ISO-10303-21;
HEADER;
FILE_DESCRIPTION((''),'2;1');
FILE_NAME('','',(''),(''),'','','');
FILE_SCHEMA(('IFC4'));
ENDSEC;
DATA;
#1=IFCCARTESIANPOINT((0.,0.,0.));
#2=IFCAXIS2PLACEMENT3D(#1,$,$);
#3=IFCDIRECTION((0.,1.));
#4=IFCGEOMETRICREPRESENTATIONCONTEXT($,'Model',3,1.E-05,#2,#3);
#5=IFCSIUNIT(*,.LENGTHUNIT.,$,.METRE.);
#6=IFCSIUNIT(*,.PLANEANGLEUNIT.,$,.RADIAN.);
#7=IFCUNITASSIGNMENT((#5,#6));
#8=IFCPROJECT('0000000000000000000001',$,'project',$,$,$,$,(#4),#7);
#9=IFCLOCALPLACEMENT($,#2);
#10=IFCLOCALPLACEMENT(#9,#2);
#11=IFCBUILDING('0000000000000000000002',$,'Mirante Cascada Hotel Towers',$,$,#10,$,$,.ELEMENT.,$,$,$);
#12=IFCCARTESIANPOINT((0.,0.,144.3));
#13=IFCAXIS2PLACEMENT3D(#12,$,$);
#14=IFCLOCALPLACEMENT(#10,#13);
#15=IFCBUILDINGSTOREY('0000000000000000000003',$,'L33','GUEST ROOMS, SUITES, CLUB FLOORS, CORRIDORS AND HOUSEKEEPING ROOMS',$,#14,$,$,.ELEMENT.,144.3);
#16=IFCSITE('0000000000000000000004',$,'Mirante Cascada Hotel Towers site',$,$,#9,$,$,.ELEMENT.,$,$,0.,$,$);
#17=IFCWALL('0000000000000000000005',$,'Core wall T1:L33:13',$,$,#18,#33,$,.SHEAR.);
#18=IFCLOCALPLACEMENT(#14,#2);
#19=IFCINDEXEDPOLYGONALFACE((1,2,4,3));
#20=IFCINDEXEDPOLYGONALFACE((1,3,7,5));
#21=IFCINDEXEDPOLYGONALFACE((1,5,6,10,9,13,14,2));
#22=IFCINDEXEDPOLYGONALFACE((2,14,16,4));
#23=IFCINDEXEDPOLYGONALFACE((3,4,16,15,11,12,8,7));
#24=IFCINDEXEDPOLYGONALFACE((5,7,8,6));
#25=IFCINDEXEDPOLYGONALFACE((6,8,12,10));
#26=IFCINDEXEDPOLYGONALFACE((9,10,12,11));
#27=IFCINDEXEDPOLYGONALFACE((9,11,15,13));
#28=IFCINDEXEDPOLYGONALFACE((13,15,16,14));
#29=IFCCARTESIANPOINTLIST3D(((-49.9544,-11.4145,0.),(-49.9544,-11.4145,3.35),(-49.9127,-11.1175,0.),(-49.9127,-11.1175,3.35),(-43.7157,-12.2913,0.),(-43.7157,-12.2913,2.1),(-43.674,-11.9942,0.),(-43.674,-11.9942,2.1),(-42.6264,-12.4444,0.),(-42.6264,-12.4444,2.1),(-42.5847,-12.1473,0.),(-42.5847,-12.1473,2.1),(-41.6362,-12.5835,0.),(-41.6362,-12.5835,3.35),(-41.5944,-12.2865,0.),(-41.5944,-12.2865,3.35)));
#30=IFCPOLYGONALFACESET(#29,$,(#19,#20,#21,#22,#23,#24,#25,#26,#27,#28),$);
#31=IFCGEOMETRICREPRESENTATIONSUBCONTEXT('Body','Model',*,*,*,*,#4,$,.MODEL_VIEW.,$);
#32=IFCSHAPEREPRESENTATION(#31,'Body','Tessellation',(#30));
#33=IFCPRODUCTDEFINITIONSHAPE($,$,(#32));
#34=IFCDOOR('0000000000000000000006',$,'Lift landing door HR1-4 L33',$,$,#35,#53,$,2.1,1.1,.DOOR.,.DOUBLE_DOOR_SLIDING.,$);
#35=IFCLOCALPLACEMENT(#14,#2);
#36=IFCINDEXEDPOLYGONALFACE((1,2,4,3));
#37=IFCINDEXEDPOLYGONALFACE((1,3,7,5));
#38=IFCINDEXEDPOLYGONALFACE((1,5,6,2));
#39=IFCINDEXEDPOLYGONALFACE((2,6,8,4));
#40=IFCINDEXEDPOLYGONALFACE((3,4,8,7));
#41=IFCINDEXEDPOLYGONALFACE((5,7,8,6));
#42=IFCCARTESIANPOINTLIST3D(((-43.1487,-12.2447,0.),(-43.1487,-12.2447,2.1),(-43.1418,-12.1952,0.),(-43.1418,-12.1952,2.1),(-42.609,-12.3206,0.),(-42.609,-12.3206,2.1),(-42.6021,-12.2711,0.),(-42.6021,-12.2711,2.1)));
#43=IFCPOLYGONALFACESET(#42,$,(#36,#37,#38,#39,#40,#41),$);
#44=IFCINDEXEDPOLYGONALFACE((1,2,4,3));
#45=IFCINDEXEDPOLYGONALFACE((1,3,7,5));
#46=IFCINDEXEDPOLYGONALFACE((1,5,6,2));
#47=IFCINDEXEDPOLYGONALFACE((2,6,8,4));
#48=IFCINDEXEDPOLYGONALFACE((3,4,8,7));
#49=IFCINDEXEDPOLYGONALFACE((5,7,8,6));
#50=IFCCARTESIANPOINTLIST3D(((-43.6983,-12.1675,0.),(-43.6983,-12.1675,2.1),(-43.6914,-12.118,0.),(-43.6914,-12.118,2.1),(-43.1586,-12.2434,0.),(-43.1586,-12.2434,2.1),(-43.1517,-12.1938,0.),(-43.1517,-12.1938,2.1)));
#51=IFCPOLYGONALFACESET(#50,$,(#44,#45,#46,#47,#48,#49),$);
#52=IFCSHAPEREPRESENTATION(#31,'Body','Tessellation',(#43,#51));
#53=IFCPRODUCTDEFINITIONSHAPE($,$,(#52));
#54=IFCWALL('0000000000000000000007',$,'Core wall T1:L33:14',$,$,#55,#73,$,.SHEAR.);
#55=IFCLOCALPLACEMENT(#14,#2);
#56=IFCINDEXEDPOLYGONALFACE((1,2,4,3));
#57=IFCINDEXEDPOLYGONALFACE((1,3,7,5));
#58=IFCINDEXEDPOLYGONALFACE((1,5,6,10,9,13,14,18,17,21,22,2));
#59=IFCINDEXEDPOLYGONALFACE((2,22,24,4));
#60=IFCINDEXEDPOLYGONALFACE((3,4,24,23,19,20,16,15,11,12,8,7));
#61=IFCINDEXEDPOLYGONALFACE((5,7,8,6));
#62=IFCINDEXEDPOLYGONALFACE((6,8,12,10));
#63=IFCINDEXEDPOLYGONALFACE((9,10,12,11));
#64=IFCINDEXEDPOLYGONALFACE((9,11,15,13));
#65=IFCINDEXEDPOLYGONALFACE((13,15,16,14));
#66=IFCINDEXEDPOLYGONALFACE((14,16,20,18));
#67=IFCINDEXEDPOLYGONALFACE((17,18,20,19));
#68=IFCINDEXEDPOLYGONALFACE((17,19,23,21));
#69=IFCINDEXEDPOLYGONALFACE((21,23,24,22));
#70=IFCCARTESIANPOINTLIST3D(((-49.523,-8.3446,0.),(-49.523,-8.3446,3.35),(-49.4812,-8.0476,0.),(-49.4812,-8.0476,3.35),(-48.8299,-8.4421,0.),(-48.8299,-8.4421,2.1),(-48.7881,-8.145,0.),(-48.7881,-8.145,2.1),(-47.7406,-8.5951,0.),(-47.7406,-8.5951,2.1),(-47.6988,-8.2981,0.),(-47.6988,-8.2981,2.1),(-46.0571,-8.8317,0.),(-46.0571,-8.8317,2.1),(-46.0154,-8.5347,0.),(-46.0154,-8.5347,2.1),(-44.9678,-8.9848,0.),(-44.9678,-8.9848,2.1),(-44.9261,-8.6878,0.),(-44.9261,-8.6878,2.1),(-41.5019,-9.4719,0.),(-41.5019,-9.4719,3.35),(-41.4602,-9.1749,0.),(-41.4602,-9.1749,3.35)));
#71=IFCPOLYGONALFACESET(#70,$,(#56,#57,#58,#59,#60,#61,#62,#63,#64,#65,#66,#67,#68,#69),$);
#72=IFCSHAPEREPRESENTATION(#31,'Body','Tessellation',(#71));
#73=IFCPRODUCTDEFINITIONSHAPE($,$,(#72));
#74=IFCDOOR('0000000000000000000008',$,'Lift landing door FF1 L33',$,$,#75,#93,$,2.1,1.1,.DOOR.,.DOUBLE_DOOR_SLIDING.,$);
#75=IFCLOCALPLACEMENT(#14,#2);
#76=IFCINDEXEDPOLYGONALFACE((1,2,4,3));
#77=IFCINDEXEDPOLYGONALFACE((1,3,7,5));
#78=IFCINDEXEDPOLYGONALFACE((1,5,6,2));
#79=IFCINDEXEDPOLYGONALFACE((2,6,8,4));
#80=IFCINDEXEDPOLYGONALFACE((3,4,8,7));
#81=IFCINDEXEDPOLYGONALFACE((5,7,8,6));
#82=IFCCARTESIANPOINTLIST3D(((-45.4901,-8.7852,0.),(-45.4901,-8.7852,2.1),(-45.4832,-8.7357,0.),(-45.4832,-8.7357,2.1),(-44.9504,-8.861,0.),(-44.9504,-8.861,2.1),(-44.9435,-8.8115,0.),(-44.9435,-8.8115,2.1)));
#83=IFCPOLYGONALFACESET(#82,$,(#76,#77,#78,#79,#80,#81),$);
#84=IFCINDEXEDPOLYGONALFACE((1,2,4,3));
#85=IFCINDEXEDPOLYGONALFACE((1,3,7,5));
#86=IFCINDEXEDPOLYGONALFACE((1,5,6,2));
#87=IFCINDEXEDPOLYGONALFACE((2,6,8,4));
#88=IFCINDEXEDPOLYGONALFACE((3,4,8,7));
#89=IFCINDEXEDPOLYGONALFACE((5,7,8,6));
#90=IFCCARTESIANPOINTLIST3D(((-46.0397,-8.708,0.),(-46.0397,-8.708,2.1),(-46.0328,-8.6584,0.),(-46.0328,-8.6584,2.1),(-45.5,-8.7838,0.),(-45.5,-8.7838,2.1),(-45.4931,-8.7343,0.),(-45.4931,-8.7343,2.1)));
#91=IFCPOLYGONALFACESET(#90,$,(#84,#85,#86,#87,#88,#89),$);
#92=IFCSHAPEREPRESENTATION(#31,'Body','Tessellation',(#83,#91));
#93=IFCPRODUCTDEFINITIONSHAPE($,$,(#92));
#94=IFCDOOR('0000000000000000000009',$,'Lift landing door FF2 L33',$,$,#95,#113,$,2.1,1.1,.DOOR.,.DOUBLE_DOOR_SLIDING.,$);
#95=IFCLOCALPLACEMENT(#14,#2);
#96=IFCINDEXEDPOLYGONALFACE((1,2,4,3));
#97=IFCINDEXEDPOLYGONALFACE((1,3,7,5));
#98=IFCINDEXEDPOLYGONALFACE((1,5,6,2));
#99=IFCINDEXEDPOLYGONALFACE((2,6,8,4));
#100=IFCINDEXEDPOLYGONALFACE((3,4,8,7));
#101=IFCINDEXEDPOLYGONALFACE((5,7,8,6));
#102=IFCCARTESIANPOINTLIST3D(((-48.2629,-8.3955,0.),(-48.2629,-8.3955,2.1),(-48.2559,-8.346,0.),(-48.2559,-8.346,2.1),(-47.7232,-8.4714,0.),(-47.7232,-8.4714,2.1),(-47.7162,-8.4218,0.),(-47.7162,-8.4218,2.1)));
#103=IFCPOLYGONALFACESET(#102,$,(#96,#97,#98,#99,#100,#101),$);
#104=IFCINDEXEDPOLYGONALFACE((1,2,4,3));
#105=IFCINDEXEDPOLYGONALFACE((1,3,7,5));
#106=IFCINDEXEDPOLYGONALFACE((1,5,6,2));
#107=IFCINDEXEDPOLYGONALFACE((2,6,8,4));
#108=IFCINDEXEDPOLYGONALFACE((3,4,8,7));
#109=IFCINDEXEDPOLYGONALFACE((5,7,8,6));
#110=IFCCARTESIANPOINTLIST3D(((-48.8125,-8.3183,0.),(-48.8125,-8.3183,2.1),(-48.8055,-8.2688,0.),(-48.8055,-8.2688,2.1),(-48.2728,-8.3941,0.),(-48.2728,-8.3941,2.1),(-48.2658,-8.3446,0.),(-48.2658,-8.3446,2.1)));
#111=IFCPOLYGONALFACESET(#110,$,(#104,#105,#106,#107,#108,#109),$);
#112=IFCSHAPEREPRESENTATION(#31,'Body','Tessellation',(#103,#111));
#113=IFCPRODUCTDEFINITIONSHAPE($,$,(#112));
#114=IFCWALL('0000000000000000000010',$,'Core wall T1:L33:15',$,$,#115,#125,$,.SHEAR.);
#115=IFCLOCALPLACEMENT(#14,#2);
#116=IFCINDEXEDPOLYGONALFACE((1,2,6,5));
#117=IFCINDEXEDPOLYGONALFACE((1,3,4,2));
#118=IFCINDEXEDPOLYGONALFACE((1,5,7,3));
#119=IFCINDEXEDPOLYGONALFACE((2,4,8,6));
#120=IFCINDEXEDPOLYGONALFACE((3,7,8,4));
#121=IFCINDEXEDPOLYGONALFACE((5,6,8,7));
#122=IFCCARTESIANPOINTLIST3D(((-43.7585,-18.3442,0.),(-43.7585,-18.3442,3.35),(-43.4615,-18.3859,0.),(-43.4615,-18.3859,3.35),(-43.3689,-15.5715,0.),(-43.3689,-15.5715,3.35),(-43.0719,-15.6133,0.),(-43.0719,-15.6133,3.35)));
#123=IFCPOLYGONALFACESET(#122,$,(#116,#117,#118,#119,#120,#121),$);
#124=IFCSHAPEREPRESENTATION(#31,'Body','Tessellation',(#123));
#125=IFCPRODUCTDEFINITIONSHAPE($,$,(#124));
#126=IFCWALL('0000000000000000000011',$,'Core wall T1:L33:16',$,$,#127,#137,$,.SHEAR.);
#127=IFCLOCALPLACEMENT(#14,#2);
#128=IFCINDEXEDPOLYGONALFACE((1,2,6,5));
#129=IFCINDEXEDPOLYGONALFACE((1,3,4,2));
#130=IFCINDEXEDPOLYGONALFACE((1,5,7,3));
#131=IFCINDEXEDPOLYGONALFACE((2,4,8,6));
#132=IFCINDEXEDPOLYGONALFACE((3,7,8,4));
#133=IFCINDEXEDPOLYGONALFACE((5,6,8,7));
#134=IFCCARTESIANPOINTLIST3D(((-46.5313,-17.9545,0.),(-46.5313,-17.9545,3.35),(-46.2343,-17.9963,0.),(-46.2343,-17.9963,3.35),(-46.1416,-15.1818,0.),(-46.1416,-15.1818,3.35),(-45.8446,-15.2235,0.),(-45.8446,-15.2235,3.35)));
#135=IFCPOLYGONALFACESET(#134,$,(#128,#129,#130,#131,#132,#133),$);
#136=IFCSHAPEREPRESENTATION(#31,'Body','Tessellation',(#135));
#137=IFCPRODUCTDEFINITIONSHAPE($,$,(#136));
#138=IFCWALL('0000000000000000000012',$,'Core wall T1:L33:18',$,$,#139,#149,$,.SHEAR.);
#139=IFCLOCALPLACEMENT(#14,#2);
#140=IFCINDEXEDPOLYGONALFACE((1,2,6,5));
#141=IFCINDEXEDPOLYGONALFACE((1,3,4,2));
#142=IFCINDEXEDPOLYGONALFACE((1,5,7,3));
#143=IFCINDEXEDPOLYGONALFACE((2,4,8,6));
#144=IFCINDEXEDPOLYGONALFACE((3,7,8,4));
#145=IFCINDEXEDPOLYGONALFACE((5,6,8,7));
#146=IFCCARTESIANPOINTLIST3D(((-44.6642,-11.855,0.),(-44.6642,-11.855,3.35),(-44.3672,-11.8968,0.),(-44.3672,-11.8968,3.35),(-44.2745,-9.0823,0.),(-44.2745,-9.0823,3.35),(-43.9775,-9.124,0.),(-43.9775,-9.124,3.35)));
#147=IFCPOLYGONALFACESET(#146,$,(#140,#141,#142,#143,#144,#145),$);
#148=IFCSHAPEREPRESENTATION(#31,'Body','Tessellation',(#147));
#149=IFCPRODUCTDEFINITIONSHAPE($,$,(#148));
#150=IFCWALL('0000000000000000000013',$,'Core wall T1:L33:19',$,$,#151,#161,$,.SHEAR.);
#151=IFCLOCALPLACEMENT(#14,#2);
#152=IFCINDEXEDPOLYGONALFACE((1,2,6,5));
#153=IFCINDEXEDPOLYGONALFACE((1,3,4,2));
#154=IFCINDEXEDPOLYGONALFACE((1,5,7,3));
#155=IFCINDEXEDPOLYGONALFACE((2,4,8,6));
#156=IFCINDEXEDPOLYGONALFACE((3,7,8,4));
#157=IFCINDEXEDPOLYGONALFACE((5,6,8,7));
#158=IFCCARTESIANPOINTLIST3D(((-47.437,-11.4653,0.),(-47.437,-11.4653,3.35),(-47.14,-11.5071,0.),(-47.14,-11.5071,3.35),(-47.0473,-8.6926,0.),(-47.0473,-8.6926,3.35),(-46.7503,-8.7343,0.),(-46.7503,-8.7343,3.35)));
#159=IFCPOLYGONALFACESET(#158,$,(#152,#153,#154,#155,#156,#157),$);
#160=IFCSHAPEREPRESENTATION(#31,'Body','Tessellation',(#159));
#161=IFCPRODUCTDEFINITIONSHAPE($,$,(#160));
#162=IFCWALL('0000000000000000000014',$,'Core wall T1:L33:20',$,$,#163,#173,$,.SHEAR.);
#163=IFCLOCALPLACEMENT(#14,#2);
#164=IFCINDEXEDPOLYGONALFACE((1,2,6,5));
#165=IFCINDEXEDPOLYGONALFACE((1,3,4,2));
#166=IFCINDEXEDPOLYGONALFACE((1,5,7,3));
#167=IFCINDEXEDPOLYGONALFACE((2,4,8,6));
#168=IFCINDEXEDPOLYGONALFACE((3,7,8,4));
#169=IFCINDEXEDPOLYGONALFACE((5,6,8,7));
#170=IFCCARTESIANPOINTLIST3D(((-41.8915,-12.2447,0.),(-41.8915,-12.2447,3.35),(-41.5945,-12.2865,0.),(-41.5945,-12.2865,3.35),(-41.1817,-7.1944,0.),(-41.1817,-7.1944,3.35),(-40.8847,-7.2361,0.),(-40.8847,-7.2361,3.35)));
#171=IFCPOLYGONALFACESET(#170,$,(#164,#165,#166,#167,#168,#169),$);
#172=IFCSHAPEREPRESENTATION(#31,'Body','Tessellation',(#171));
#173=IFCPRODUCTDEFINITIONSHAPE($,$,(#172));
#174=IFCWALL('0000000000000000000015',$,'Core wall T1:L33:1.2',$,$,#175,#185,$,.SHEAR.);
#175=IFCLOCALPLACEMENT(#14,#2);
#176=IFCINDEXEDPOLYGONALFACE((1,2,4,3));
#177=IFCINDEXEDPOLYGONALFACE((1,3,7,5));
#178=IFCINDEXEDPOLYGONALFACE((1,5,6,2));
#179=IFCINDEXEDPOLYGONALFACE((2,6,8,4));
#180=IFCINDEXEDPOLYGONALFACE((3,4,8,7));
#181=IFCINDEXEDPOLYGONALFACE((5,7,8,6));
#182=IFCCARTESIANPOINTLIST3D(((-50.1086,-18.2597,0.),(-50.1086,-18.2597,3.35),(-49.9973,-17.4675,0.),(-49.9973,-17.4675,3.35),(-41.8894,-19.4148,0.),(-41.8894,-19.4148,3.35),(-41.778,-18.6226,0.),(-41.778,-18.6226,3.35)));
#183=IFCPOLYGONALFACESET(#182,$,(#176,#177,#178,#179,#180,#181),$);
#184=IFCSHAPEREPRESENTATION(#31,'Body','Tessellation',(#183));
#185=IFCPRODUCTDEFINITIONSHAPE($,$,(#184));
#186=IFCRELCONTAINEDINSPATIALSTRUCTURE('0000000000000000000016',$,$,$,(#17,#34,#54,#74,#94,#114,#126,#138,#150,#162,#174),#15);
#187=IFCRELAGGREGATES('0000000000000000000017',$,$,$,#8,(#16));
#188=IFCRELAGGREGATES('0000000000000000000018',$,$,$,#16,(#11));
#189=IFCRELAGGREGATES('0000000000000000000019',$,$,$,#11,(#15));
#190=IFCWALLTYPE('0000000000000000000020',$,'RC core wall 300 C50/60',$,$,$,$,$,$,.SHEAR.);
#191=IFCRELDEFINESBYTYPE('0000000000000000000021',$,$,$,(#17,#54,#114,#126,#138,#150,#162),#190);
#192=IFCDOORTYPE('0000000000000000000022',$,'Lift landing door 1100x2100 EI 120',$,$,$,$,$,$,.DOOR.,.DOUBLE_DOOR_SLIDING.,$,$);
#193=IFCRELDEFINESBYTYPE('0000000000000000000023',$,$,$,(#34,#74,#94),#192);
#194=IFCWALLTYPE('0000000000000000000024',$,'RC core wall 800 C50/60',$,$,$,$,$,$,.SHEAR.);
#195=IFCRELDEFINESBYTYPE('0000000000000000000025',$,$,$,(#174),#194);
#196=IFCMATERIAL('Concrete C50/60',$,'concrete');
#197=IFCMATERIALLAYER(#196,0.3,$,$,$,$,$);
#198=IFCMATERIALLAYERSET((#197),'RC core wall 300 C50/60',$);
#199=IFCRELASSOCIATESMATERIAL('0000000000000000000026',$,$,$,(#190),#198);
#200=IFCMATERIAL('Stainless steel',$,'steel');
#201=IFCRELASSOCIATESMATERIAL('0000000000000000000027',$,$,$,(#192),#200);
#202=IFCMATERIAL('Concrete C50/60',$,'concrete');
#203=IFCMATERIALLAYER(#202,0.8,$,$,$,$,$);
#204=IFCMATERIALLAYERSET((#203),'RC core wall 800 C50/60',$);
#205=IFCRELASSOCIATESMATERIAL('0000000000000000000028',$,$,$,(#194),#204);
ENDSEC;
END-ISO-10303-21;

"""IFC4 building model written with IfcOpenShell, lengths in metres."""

from ifc_helpers import new_model, si_unit, direction, frame, frame_2d, origin, place, context, subcontext, project, spatial, rectangle, extrude, material, layer, layer_set, type_object, element, fill, save


model = new_model("IFC4")

# Units and contexts
model_context = context("Model", 3, precision=1e-05, world=origin(), true_north=direction((0.0, 1.0)))
body_context = subcontext(model_context, "Body", "Model", "MODEL_VIEW")
ifc_project = project(units=[si_unit("LENGTHUNIT", "METRE"), si_unit("PLANEANGLEUNIT", "RADIAN")], contexts=[model_context])

# Site, building, storey
site_placement = place(None, origin())
site = spatial("IfcSite", under=ifc_project, at=site_placement, Name="Mirante Cascada Hotel Towers site", CompositionType="ELEMENT", RefElevation=0.0)
building_placement = place(site_placement, origin())
building = spatial("IfcBuilding", under=site, at=building_placement, Name="Mirante Cascada Hotel Towers", CompositionType="ELEMENT")
storey_placement = place(building_placement, frame((0.0, 0.0, 144.3)))
storey = spatial("IfcBuildingStorey", under=building, at=storey_placement, Name="L33", Description="GUEST ROOMS, SUITES, CLUB FLOORS, CORRIDORS AND HOUSEKEEPING ROOMS", CompositionType="ELEMENT", Elevation=144.3)

# Shared definitions
ifc_material_1 = material(Name="Concrete C50/60", Category="concrete")
ifc_layer_1 = layer(ifc_material_1, 0.3)
ifc_layer_set_1 = layer_set([ifc_layer_1], Name="RC core wall 300 C50/60")
wall_type_1 = type_object("IfcWallType", Name="RC core wall 300 C50/60", PredefinedType="SHEAR", material=ifc_layer_set_1)

# Shared definitions
ifc_material_2 = material(Name="Stainless steel", Category="steel")
door_type_1 = type_object("IfcDoorType", Name="Lift landing door 1100x2100 EI 120", OperationType="DOUBLE_DOOR_SLIDING", PredefinedType="DOOR", material=ifc_material_2)

# Wall, opening, door
wall_1_placement = place(storey_placement, frame((-41.6153, -12.435, 0.0), z_axis=(0.0, 0.0, 1.0), x_axis=(-0.990269, 0.139166, 0.0)))
wall_1 = element("IfcWall", 1, at=wall_1_placement, inside=storey, type_object=wall_type_1, Name="Core wall T1:L33:13", PredefinedType="SHEAR", context=body_context, shape_type="SweptSolid", body=[
    extrude(rectangle(XDim=8.4, YDim=0.3, at=frame_2d((4.2, 0.0))), origin(), (0.0, 0.0, 1.0), 3.35),
])
opening_1_placement = place(wall_1_placement, frame((1.0, 0.0, 0.0)))
opening_1 = element("IfcOpeningElement", 2, at=opening_1_placement, cuts=wall_1, PredefinedType="OPENING", context=body_context, shape_type="SweptSolid", body=[
    extrude(rectangle(XDim=1.1, YDim=2.1, at=frame_2d((0.55, 1.05))), frame((0.0, 0.15, 0.0), z_axis=(0.0, -1.0, 0.0), x_axis=(1.0, 0.0, 0.0)), (0.0, 0.0, 1.0), 0.3),
])
door_1_placement = place(opening_1_placement, origin())
door_1 = element("IfcDoor", 3, at=door_1_placement, inside=storey, type_object=door_type_1, Name="Lift landing door HR1-4 L33", OperationType="DOUBLE_DOOR_SLIDING", OverallHeight=2.1, OverallWidth=1.1, PredefinedType="DOOR", context=body_context, shape_type="SweptSolid", body=[
    extrude(rectangle(XDim=0.545, YDim=2.1, at=frame_2d((0.2725, 1.05))), frame((0.0, 0.025, 0.0), z_axis=(0.0, -1.0, 0.0), x_axis=(1.0, 0.0, 0.0)), (0.0, 0.0, 1.0), 0.05),
    extrude(rectangle(XDim=0.545, YDim=2.1, at=frame_2d((0.8275, 1.05))), frame((0.0, 0.025, 0.0), z_axis=(0.0, -1.0, 0.0), x_axis=(1.0, 0.0, 0.0)), (0.0, 0.0, 1.0), 0.05),
])
fill(opening_1, door_1)

# Wall, openings, doors
wall_2_placement = place(storey_placement, frame((-41.481, -9.3234, 0.0), z_axis=(0.0, 0.0, 1.0), x_axis=(-0.990268, 0.139174, 0.0)))
wall_2 = element("IfcWall", 4, at=wall_2_placement, inside=storey, type_object=wall_type_1, Name="Core wall T1:L33:14", PredefinedType="SHEAR", context=body_context, shape_type="SweptSolid", body=[
    extrude(rectangle(XDim=8.0999, YDim=0.3, at=frame_2d((4.05, 0.0))), origin(), (0.0, 0.0, 1.0), 3.35),
])
opening_2_placement = place(wall_2_placement, frame((3.5, 0.0, 0.0)))
opening_2 = element("IfcOpeningElement", 5, at=opening_2_placement, cuts=wall_2, PredefinedType="OPENING", context=body_context, shape_type="SweptSolid", body=[
    extrude(rectangle(XDim=1.1, YDim=2.1, at=frame_2d((0.55, 1.05))), frame((0.0, 0.15, 0.0), z_axis=(0.0, -1.0, 0.0), x_axis=(1.0, 0.0, 0.0)), (0.0, 0.0, 1.0), 0.3),
])
opening_3_placement = place(wall_2_placement, frame((6.3, 0.0, 0.0)))
opening_3 = element("IfcOpeningElement", 6, at=opening_3_placement, cuts=wall_2, PredefinedType="OPENING", context=body_context, shape_type="SweptSolid", body=[
    extrude(rectangle(XDim=1.1, YDim=2.1, at=frame_2d((0.55, 1.05))), frame((0.0, 0.15, 0.0), z_axis=(0.0, -1.0, 0.0), x_axis=(1.0, 0.0, 0.0)), (0.0, 0.0, 1.0), 0.3),
])
door_2_placement = place(opening_2_placement, origin())
door_2 = element("IfcDoor", 7, at=door_2_placement, inside=storey, type_object=door_type_1, Name="Lift landing door FF1 L33", OperationType="DOUBLE_DOOR_SLIDING", OverallHeight=2.1, OverallWidth=1.1, PredefinedType="DOOR", context=body_context, shape_type="SweptSolid", body=[
    extrude(rectangle(XDim=0.545, YDim=2.1, at=frame_2d((0.2725, 1.05))), frame((0.0, 0.025, 0.0), z_axis=(0.0, -1.0, 0.0), x_axis=(1.0, 0.0, 0.0)), (0.0, 0.0, 1.0), 0.05),
    extrude(rectangle(XDim=0.545, YDim=2.1, at=frame_2d((0.8275, 1.05))), frame((0.0, 0.025, 0.0), z_axis=(0.0, -1.0, 0.0), x_axis=(1.0, 0.0, 0.0)), (0.0, 0.0, 1.0), 0.05),
])
fill(opening_2, door_2)
door_3_placement = place(opening_3_placement, origin())
door_3 = element("IfcDoor", 8, at=door_3_placement, inside=storey, type_object=door_type_1, Name="Lift landing door FF2 L33", OperationType="DOUBLE_DOOR_SLIDING", OverallHeight=2.1, OverallWidth=1.1, PredefinedType="DOOR", context=body_context, shape_type="SweptSolid", body=[
    extrude(rectangle(XDim=0.545, YDim=2.1, at=frame_2d((0.2725, 1.05))), frame((0.0, 0.025, 0.0), z_axis=(0.0, -1.0, 0.0), x_axis=(1.0, 0.0, 0.0)), (0.0, 0.0, 1.0), 0.05),
    extrude(rectangle(XDim=0.545, YDim=2.1, at=frame_2d((0.8275, 1.05))), frame((0.0, 0.025, 0.0), z_axis=(0.0, -1.0, 0.0), x_axis=(1.0, 0.0, 0.0)), (0.0, 0.0, 1.0), 0.05),
])
fill(opening_3, door_3)

# Walls
wall_3_placement = place(storey_placement, frame((-43.61, -18.3651, 0.0), z_axis=(0.0, 0.0, 1.0), x_axis=(0.139146, 0.990272, 0.0)))
element("IfcWall", 9, at=wall_3_placement, inside=storey, type_object=wall_type_1, Name="Core wall T1:L33:15", PredefinedType="SHEAR", context=body_context, shape_type="SweptSolid", body=[
    extrude(rectangle(XDim=2.7999, YDim=0.3, at=frame_2d((1.4, 0.0))), origin(), (0.0, 0.0, 1.0), 3.35),
])
for number, where, z_axis, x_axis, name in (
    (10, (-46.3828, -17.9754, 0.0), (0.0, 0.0, 1.0), (0.139181, 0.990267, 0.0), "Core wall T1:L33:16"),
    (11, (-44.5157, -11.8759, 0.0), (0.0, 0.0, 1.0), (0.139181, 0.990267, 0.0), "Core wall T1:L33:18"),
    (12, (-47.2885, -11.4862, 0.0), (0.0, 0.0, 1.0), (0.139181, 0.990267, 0.0), "Core wall T1:L33:19"),
):
    element("IfcWall", number, at=place(storey_placement, frame(where, z_axis=z_axis, x_axis=x_axis)), inside=storey, type_object=wall_type_1, Name=name, PredefinedType="SHEAR", context=body_context, shape_type="SweptSolid", body=[
        extrude(rectangle(XDim=2.8, YDim=0.3, at=frame_2d((1.4, 0.0))), origin(), (0.0, 0.0, 1.0), 3.35),
    ])
wall_4_placement = place(storey_placement, frame((-41.743, -12.2656, 0.0), z_axis=(0.0, 0.0, 1.0), x_axis=(0.139176, 0.990268, 0.0)))
element("IfcWall", 13, at=wall_4_placement, inside=storey, type_object=wall_type_1, Name="Core wall T1:L33:20", PredefinedType="SHEAR", context=body_context, shape_type="SweptSolid", body=[
    extrude(rectangle(XDim=5.1, YDim=0.3, at=frame_2d((2.55, 0.0))), origin(), (0.0, 0.0, 1.0), 3.35),
])
ifc_material_3 = material(Name="Concrete C50/60", Category="concrete")
ifc_layer_2 = layer(ifc_material_3, 0.8)
ifc_layer_set_2 = layer_set([ifc_layer_2], Name="RC core wall 800 C50/60")
wall_type_2 = type_object("IfcWallType", Name="RC core wall 800 C50/60", PredefinedType="SHEAR", material=ifc_layer_set_2)
wall_5_placement = place(storey_placement, frame((-41.8337, -19.0187, 0.0), z_axis=(0.0, 0.0, 1.0), x_axis=(-0.990269, 0.139169, 0.0)))
element("IfcWall", 14, at=wall_5_placement, inside=storey, type_object=wall_type_2, Name="Core wall T1:L33:1.2", PredefinedType="SHEAR", context=body_context, shape_type="SweptSolid", body=[
    extrude(rectangle(XDim=8.3, YDim=0.8, at=frame_2d((4.15, 0.0))), origin(), (0.0, 0.0, 1.0), 3.35),
])

save(model, "model.ifc")
